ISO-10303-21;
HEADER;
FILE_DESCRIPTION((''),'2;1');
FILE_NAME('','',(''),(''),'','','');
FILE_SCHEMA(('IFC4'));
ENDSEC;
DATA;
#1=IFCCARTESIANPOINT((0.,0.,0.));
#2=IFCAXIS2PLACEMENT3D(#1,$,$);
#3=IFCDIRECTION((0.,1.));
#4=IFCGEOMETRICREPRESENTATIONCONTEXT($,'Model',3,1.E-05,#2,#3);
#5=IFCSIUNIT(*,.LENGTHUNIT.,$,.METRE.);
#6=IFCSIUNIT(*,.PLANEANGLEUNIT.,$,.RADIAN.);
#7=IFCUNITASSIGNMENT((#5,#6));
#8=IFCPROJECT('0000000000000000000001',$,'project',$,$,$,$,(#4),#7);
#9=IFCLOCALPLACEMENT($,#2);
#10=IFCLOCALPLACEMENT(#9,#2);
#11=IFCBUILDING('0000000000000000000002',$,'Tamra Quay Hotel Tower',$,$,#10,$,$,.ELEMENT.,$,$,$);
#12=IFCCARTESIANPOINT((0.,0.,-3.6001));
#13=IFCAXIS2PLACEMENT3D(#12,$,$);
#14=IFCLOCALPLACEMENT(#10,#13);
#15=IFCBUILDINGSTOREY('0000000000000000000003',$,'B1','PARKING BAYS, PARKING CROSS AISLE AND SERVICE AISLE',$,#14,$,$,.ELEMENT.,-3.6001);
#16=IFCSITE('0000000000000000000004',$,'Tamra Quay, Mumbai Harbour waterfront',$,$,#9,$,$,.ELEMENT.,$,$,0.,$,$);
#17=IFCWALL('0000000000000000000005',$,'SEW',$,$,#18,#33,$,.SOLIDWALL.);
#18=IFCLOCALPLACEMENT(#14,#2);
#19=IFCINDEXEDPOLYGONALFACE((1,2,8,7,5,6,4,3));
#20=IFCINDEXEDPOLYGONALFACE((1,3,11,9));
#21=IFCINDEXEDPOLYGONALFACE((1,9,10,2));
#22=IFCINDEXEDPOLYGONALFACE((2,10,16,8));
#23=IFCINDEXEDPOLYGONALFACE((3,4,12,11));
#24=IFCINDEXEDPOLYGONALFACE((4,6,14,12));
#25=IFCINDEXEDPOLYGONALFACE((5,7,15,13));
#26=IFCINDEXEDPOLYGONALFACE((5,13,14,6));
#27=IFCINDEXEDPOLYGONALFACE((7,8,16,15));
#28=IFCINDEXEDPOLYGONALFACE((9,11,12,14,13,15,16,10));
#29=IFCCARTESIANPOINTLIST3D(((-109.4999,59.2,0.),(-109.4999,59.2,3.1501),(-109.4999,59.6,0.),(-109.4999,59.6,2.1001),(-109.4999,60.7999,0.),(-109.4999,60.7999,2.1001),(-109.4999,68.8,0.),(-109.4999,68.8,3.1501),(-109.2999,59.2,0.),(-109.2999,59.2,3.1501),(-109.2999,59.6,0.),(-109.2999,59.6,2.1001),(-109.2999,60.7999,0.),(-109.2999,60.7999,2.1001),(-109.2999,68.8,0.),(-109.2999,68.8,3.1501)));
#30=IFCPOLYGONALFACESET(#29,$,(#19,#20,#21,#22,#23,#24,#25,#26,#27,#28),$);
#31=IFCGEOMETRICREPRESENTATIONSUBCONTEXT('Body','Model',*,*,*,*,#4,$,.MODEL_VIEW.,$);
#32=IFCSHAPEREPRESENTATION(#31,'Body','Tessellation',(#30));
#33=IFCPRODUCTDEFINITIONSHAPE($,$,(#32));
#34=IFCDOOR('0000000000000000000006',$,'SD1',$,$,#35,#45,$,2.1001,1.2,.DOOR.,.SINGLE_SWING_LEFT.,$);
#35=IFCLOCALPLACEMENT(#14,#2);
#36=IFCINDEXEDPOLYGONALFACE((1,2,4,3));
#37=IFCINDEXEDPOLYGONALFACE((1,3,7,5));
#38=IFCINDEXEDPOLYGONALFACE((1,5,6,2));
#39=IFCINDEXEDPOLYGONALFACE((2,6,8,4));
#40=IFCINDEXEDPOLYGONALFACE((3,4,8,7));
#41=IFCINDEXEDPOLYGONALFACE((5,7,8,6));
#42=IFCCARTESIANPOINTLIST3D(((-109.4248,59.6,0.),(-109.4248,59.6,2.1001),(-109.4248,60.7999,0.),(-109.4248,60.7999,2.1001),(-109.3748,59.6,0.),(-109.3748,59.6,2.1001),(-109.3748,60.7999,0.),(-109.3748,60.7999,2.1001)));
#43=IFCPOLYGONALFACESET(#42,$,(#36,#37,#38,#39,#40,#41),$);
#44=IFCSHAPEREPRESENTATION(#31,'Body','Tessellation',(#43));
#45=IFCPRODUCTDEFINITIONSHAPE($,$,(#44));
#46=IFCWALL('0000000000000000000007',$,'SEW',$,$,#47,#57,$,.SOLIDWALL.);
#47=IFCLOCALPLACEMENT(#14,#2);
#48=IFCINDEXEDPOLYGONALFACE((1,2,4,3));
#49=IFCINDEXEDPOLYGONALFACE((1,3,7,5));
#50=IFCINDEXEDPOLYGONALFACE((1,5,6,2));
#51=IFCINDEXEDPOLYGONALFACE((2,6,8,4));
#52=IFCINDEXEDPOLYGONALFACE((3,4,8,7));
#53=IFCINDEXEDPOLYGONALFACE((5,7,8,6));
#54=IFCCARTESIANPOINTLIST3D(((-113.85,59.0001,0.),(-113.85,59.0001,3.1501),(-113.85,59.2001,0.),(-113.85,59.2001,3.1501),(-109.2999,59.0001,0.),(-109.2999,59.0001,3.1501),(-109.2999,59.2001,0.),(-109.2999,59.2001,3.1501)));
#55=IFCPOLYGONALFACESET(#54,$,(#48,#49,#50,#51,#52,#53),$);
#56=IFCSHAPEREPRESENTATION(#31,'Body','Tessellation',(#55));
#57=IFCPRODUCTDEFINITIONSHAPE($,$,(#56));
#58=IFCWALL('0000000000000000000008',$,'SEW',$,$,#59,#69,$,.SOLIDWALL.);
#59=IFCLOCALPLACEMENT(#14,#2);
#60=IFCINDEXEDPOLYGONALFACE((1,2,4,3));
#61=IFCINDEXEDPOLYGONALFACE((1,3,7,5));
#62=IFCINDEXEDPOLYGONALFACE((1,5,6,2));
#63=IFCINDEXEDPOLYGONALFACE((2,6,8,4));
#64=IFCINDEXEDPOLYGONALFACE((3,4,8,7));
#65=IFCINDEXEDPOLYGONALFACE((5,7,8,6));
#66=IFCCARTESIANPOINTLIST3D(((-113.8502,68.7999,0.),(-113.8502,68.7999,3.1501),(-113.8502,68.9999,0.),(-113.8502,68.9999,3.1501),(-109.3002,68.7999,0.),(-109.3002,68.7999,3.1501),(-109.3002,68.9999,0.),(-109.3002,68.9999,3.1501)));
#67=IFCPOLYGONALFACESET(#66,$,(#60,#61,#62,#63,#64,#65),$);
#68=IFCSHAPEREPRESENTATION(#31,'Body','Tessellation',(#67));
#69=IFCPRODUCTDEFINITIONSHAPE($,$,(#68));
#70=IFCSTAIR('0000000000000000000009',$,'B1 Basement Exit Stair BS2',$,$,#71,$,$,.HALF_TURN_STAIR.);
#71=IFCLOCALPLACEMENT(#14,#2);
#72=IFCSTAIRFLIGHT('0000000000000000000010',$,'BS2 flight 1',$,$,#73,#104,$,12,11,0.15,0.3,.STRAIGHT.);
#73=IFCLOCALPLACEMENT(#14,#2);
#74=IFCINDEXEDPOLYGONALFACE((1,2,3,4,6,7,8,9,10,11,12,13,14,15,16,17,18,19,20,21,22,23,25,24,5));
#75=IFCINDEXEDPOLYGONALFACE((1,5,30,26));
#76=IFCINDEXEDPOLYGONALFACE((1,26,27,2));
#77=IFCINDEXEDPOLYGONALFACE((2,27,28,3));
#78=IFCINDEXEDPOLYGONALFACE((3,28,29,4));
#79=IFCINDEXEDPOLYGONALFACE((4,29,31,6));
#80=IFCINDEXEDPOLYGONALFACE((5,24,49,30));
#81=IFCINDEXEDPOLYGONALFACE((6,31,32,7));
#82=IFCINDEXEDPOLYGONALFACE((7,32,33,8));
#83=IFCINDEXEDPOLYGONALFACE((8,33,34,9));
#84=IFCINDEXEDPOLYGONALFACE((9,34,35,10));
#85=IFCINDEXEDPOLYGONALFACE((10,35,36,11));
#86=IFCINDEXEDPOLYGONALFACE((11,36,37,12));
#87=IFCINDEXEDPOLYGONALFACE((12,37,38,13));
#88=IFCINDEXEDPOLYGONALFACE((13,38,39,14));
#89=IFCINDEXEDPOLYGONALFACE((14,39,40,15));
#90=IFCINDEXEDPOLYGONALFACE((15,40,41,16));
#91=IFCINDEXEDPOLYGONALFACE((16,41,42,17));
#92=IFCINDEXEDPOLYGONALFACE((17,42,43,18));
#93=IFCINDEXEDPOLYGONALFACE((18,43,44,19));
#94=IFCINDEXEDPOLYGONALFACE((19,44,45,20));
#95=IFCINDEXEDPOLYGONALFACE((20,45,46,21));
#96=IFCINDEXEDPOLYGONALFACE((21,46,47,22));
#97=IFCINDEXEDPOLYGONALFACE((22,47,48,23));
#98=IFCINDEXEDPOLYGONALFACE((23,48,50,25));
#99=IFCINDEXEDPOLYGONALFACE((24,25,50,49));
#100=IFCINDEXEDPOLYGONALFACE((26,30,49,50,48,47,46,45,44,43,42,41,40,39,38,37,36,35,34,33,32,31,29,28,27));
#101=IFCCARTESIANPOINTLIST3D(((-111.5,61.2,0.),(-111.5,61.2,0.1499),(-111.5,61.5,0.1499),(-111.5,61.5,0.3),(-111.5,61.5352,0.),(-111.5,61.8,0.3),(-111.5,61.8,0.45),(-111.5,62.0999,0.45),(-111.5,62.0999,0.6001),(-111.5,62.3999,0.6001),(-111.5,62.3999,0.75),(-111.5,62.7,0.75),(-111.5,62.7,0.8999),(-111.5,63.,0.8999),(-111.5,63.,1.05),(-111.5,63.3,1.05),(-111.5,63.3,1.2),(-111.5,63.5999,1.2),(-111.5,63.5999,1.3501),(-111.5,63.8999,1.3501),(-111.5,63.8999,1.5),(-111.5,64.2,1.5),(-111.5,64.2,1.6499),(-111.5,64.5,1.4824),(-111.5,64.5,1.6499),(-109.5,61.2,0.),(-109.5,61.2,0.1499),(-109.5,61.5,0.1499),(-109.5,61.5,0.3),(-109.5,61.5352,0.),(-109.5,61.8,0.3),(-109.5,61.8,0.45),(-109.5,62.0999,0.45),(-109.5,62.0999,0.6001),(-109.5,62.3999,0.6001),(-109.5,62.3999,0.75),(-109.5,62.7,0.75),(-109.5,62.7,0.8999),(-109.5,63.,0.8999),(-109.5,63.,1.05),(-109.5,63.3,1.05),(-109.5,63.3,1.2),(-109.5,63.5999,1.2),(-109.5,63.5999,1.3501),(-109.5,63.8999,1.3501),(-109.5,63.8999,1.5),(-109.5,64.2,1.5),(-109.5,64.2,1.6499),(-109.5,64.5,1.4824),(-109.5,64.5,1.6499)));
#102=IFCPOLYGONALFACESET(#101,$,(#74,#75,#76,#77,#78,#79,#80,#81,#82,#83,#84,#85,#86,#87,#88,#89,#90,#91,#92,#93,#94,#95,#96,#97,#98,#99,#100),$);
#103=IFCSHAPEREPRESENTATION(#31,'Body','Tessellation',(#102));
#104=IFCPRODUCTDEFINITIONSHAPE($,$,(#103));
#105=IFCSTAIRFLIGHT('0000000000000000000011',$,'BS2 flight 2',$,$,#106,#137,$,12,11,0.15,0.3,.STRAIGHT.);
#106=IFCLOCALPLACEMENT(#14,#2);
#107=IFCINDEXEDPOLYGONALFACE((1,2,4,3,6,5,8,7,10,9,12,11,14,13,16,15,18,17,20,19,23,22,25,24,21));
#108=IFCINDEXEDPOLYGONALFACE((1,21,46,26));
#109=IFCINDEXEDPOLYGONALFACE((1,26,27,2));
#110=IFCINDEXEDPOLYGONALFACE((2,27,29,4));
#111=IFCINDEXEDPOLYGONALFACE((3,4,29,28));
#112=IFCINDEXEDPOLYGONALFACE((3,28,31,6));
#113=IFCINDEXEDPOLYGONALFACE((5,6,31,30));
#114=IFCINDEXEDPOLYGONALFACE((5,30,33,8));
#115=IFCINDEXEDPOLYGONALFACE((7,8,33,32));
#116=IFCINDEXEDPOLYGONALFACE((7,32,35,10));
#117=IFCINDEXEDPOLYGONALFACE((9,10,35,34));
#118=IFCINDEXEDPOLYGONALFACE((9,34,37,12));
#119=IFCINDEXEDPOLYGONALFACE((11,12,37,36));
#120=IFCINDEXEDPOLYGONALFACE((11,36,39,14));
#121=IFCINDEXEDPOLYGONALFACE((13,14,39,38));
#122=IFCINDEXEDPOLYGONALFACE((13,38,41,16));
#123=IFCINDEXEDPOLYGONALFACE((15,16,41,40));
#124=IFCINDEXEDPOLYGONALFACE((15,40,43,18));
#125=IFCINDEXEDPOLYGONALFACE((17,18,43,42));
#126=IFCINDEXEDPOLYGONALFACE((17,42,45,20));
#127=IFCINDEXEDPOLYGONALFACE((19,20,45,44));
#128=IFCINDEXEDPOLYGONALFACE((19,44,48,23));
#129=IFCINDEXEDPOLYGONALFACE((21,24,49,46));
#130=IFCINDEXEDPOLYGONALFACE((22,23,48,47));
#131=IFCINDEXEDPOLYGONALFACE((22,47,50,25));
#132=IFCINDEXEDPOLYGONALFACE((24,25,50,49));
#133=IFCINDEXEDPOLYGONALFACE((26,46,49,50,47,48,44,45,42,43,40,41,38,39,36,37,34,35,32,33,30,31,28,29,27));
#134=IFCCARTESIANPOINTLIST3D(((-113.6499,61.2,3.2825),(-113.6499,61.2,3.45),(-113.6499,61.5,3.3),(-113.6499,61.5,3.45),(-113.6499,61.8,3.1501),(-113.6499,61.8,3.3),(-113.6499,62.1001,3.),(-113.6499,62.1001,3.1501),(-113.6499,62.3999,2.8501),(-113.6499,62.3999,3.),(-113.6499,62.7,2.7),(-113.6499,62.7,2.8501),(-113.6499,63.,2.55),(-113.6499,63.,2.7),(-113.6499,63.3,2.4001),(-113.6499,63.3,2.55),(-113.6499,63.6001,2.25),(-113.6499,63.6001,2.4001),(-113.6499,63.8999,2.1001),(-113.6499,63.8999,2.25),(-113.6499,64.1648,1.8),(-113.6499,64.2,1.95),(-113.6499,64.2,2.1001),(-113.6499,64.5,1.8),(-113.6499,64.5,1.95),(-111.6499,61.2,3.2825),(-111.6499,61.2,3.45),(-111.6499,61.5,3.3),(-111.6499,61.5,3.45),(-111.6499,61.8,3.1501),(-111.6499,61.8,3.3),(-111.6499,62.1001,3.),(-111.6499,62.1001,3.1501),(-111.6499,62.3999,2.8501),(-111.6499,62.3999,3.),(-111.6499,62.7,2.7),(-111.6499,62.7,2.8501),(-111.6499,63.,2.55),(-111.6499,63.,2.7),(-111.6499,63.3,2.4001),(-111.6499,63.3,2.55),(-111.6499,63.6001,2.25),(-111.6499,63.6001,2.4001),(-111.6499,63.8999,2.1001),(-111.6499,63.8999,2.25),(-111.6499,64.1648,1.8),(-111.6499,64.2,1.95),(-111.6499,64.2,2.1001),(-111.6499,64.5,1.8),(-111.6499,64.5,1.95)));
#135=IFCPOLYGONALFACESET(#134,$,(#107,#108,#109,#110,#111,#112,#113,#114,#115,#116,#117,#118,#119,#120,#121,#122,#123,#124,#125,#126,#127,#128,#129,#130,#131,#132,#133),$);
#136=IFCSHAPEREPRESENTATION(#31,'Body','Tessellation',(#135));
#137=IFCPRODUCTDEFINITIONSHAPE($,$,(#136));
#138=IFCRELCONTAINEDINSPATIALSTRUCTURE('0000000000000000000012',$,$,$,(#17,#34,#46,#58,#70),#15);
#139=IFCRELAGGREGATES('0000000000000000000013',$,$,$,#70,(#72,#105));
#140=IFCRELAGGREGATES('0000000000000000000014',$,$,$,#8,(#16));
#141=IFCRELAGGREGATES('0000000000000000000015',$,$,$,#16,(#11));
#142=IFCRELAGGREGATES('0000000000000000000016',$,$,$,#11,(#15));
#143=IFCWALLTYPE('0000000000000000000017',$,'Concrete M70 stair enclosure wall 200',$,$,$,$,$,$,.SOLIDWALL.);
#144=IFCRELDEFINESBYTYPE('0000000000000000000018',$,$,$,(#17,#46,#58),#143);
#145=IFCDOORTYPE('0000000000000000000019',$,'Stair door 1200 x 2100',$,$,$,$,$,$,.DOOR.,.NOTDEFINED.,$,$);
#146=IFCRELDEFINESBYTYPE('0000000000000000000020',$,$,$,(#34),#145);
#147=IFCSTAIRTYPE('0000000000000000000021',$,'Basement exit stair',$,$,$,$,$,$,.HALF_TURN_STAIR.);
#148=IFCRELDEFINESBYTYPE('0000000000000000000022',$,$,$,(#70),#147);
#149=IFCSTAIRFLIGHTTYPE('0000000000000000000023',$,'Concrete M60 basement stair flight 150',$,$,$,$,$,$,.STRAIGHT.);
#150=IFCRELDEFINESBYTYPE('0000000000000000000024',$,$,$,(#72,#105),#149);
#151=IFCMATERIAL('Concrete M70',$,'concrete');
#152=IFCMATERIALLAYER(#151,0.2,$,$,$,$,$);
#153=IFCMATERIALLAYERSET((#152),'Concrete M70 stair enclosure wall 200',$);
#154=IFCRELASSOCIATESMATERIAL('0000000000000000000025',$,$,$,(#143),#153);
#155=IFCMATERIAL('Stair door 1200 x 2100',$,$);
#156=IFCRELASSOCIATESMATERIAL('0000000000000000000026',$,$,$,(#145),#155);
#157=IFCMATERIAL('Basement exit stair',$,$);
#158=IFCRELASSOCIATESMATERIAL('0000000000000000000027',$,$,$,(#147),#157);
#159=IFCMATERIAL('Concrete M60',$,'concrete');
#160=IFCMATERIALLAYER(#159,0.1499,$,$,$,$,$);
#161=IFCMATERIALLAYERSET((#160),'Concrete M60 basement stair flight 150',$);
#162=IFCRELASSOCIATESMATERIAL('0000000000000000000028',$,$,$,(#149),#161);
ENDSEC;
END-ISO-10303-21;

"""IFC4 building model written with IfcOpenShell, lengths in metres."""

from ifc_helpers import new_model, si_unit, direction, frame, frame_2d, origin, place, context, subcontext, project, spatial, polyline, rectangle, outline, extrude, material, layer, layer_set, type_object, element, fill, aggregate, save


model = new_model("IFC4")

# Units and contexts
model_context = context("Model", 3, precision=1e-05, world=origin(), true_north=direction((0.0, 1.0)))
body_context = subcontext(model_context, "Body", "Model", "MODEL_VIEW")
ifc_project = project(units=[si_unit("LENGTHUNIT", "METRE"), si_unit("PLANEANGLEUNIT", "RADIAN")], contexts=[model_context])

# Site, building, storey
site_placement = place(None, origin())
site = spatial("IfcSite", under=ifc_project, at=site_placement, Name="Tamra Quay, Mumbai Harbour waterfront", CompositionType="ELEMENT", RefElevation=0.0)
building_placement = place(site_placement, origin())
building = spatial("IfcBuilding", under=site, at=building_placement, Name="Tamra Quay Hotel Tower", CompositionType="ELEMENT")
storey_placement = place(building_placement, frame((0.0, 0.0, -3.6001)))
storey = spatial("IfcBuildingStorey", under=building, at=storey_placement, Name="B1", Description="PARKING BAYS, PARKING CROSS AISLE AND SERVICE AISLE", CompositionType="ELEMENT", Elevation=-3.6001)

# Shared definitions
ifc_material_1 = material(Name="Concrete M70", Category="concrete")

# Shared definitions
ifc_layer_1 = layer(ifc_material_1, 0.2)
ifc_layer_set_1 = layer_set([ifc_layer_1], Name="Concrete M70 stair enclosure wall 200")
wall_type_1 = type_object("IfcWallType", Name="Concrete M70 stair enclosure wall 200", PredefinedType="SOLIDWALL", material=ifc_layer_set_1)

# Wall, opening, door
wall_1_placement = place(storey_placement, frame((-109.3999, 59.2, 0.0), z_axis=(0.0, 0.0, 1.0), x_axis=(0.0, 1.0, 0.0)))
wall_1 = element("IfcWall", 1, at=wall_1_placement, inside=storey, type_object=wall_type_1, Name="SEW", PredefinedType="SOLIDWALL", context=body_context, shape_type="SweptSolid", body=[
    extrude(rectangle(XDim=9.6001, YDim=0.2, at=frame_2d((4.8, 0.0))), origin(), (0.0, 0.0, 1.0), 3.1501),
])
opening_1_placement = place(wall_1_placement, frame((0.3999, 0.0, 0.0)))
opening_1 = element("IfcOpeningElement", 2, at=opening_1_placement, cuts=wall_1, PredefinedType="OPENING", context=body_context, shape_type="SweptSolid", body=[
    extrude(rectangle(XDim=1.2, YDim=2.1001, at=frame_2d((0.6001, 1.05))), frame((0.0, 0.1099, 0.0), z_axis=(0.0, -1.0, 0.0), x_axis=(1.0, 0.0, 0.0)), (0.0, 0.0, 1.0), 0.22),
])
ifc_material_2 = material(Name="Stair door 1200 x 2100")
door_type_1 = type_object("IfcDoorType", Name="Stair door 1200 x 2100", OperationType="NOTDEFINED", PredefinedType="DOOR", material=ifc_material_2)
door_1_placement = place(opening_1_placement, origin())
door_1 = element("IfcDoor", 3, at=door_1_placement, inside=storey, type_object=door_type_1, Name="SD1", OperationType="SINGLE_SWING_LEFT", OverallHeight=2.1001, OverallWidth=1.2, PredefinedType="DOOR", context=body_context, shape_type="SweptSolid", body=[
    extrude(rectangle(XDim=1.2, YDim=2.1001, at=frame_2d((0.6001, 1.05))), frame((0.0, 0.0249, 0.0), z_axis=(0.0, -1.0, 0.0), x_axis=(1.0, 0.0, 0.0)), (0.0, 0.0, 1.0), 0.05),
])
fill(opening_1, door_1)

# Walls
for number, where, z_axis, x_axis, name in (
    (4, (-109.3, 59.1001, 0.0), (0.0, 0.0, 1.0), (-1.0, 0.0, 0.0), "SEW"),
    (5, (-113.8501, 68.8999, 0.0), (0.0, 0.0, 1.0), (1.0, 0.0, 0.0), "SEW"),
):
    element("IfcWall", number, at=place(storey_placement, frame(where, z_axis=z_axis, x_axis=x_axis)), inside=storey, type_object=wall_type_1, Name=name, PredefinedType="SOLIDWALL", context=body_context, shape_type="SweptSolid", body=[
        extrude(rectangle(XDim=4.55, YDim=0.2, at=frame_2d((2.2749, 0.0))), origin(), (0.0, 0.0, 1.0), 3.1501),
    ])

# Stair, stair flights
ifc_material_3 = material(Name="Basement exit stair")
stair_type = type_object("IfcStairType", Name="Basement exit stair", PredefinedType="HALF_TURN_STAIR", material=ifc_material_3)
stair_placement = place(storey_placement, origin())
stair = element("IfcStair", 6, at=stair_placement, inside=storey, type_object=stair_type, Name="B1 Basement Exit Stair BS2", PredefinedType="HALF_TURN_STAIR")
ifc_material_4 = material(Name="Concrete M60", Category="concrete")
ifc_layer_2 = layer(ifc_material_4, 0.1499)
ifc_layer_set_2 = layer_set([ifc_layer_2], Name="Concrete M60 basement stair flight 150")
stair_flight_type = type_object("IfcStairFlightType", Name="Concrete M60 basement stair flight 150", PredefinedType="STRAIGHT", material=ifc_layer_set_2)
stair_flight_1_placement = place(storey_placement, frame((-110.5, 61.2, 0.0), z_axis=(0.0, 0.0, 1.0), x_axis=(0.0, 1.0, 0.0)))
stair_flight_1 = element("IfcStairFlight", 7, at=stair_flight_1_placement, type_object=stair_flight_type, Name="BS2 flight 1", NumberOfRisers=12, NumberOfTreads=11, PredefinedType="STRAIGHT", RiserHeight=0.15, TreadLength=0.3, context=body_context, shape_type="SweptSolid", body=[
    extrude(outline(polyline([(0.0, 0.0), (0.0, 0.1499), (0.3, 0.1499), (0.3, 0.3), (0.6001, 0.3), (0.6001, 0.45), (0.8999, 0.45), (0.8999, 0.6001), (1.2, 0.6001), (1.2, 0.75), (1.5, 0.75), (1.5, 0.8999), (1.8, 0.8999), (1.8, 1.05), (2.1001, 1.05), (2.1001, 1.2), (2.3999, 1.2), (2.3999, 1.3501), (2.7, 1.3501), (2.7, 1.5), (3.0, 1.5), (3.0, 1.6499), (3.3, 1.6499), (3.3, 1.8), (3.3, 1.4824), (0.3352, 0.0), (0.0, 0.0)])), frame((0.0, 1.0, 0.0), z_axis=(0.0, -1.0, 0.0), x_axis=(1.0, 0.0, 0.0)), (0.0, 0.0, 1.0), 2.0),
])
stair_flight_2_placement = place(storey_placement, frame((-112.6499, 64.5, 1.8), z_axis=(0.0, 0.0, 1.0), x_axis=(0.0, -1.0, 0.0)))
stair_flight_2 = element("IfcStairFlight", 8, at=stair_flight_2_placement, type_object=stair_flight_type, Name="BS2 flight 2", NumberOfRisers=12, NumberOfTreads=11, PredefinedType="STRAIGHT", RiserHeight=0.15, TreadLength=0.3, context=body_context, shape_type="SweptSolid", body=[
    extrude(outline(polyline([(0.0, 0.0), (0.0, 0.1499), (0.3, 0.1499), (0.3, 0.3), (0.6001, 0.3), (0.6001, 0.45), (0.8999, 0.45), (0.8999, 0.6001), (1.2, 0.6001), (1.2, 0.75), (1.5, 0.75), (1.5, 0.8999), (1.8, 0.8999), (1.8, 1.05), (2.1001, 1.05), (2.1001, 1.2), (2.3999, 1.2), (2.3999, 1.3501), (2.7, 1.3501), (2.7, 1.5), (3.0, 1.5), (3.0, 1.6499), (3.3, 1.6499), (3.3, 1.8), (3.3, 1.4824), (0.3352, 0.0), (0.0, 0.0)])), frame((0.0, 1.0, 0.0), z_axis=(0.0, -1.0, 0.0), x_axis=(1.0, 0.0, 0.0)), (0.0, 0.0, 1.0), 2.0),
])
aggregate(stair, [stair_flight_1, stair_flight_2])

save(model, "model.ifc")
